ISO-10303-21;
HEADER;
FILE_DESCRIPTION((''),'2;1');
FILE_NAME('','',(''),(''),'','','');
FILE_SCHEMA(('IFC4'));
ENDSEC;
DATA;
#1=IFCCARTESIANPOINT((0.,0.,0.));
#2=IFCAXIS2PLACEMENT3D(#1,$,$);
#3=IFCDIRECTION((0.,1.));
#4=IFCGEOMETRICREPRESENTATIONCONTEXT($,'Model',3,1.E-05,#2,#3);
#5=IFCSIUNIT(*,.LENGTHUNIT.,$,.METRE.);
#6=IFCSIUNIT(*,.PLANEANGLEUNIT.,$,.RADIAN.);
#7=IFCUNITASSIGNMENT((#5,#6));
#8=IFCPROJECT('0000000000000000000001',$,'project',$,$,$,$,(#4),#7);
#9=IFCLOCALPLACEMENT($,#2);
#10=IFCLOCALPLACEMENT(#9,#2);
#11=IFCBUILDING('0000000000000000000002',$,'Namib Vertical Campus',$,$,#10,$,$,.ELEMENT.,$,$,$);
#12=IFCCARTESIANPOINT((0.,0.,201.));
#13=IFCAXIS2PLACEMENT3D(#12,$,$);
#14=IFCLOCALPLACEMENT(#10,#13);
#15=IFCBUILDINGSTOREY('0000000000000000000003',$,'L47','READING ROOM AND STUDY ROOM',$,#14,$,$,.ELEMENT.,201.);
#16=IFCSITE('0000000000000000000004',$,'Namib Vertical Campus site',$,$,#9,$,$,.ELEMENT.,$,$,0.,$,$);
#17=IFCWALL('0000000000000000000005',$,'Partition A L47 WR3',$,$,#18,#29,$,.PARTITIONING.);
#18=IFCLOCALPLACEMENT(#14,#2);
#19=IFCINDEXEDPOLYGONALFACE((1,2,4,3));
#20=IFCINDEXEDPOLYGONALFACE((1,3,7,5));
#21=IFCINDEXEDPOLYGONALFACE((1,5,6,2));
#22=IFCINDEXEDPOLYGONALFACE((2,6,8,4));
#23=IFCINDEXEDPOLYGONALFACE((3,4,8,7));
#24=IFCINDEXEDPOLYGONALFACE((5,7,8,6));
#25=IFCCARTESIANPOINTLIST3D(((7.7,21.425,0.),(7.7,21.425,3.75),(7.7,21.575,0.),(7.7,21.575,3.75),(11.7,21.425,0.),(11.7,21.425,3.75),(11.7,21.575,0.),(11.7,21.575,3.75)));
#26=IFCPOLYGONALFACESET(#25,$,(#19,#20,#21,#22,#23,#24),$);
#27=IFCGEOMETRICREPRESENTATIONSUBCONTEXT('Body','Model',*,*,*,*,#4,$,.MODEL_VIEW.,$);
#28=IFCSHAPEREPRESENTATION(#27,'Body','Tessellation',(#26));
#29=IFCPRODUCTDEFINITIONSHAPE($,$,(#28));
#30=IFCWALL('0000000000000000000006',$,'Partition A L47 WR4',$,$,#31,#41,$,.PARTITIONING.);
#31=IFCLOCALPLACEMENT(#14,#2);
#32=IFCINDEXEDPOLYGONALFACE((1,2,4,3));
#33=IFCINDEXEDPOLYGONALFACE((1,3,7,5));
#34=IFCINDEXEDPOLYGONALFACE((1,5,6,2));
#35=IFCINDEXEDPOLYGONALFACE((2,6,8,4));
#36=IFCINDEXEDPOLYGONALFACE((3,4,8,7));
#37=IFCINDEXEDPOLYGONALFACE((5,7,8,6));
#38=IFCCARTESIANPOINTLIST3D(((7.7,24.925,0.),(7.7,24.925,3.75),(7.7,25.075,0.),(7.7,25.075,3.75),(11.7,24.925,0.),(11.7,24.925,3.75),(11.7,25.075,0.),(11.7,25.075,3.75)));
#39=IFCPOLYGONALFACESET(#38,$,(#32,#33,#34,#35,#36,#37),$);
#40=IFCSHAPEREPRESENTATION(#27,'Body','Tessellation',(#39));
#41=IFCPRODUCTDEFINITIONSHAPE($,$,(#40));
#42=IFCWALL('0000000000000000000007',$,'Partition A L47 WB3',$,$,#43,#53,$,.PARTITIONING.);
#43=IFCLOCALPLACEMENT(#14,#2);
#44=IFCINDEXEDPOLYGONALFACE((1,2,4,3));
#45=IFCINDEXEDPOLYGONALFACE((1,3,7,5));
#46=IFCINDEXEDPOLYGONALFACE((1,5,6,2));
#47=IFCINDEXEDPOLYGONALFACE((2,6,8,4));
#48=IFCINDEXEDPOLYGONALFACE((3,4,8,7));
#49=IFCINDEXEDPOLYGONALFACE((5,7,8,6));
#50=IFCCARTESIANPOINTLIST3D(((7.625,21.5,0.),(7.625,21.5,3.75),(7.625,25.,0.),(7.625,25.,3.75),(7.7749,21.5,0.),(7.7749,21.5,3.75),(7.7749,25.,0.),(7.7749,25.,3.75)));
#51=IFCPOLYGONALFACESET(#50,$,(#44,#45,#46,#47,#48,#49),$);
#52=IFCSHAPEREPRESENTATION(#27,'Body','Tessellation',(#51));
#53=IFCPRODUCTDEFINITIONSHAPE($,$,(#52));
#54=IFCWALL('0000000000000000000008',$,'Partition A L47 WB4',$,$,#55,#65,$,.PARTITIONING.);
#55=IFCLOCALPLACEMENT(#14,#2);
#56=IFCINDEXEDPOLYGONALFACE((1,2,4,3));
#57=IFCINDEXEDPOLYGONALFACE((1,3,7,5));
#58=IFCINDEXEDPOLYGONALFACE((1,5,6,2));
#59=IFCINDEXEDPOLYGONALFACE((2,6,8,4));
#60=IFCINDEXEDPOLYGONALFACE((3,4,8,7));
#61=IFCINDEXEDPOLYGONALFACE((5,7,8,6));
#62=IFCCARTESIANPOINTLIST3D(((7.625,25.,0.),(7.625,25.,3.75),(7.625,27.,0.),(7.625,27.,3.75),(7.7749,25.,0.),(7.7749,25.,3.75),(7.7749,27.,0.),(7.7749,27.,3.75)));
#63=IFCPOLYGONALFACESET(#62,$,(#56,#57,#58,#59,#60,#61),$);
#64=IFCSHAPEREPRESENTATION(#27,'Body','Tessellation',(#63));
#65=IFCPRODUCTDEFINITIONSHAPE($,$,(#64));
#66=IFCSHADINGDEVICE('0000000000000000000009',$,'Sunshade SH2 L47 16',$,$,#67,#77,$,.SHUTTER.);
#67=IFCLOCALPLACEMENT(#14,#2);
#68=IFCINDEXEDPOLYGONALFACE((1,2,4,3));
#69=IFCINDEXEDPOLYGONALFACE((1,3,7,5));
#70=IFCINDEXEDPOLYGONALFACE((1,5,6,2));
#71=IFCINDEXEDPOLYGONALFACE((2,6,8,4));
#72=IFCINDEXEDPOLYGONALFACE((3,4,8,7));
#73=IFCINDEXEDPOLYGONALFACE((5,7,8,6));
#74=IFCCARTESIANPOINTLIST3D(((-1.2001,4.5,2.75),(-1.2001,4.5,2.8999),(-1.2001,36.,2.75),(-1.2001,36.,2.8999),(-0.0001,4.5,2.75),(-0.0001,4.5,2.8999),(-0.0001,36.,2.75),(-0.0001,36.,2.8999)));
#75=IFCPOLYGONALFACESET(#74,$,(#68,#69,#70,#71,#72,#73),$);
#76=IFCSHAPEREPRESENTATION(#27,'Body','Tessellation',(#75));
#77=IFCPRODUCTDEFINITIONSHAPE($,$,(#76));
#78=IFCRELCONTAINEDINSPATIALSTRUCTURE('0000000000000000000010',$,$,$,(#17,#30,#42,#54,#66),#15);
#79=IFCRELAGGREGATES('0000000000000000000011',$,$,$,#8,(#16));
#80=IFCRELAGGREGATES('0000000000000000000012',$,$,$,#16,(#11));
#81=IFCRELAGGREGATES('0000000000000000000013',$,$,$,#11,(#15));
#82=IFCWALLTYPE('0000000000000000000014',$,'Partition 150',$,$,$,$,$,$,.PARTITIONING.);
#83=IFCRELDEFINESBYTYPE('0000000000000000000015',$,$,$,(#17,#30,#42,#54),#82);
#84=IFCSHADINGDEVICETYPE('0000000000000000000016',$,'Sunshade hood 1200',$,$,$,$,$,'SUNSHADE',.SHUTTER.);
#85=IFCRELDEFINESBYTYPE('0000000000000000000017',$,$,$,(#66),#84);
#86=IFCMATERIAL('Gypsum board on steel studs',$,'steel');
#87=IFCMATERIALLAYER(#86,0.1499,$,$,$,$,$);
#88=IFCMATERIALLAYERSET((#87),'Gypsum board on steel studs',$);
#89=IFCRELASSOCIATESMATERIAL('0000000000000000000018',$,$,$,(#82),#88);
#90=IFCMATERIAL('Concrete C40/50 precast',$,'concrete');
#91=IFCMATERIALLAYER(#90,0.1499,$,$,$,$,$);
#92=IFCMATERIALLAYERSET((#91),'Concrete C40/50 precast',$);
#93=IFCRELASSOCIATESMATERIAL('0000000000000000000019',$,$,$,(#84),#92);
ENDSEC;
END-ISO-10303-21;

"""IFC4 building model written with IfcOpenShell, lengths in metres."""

from ifc_helpers import new_model, si_unit, direction, frame, frame_2d, origin, origin_2d, place, context, subcontext, project, spatial, rectangle, extrude, material, layer, layer_set, type_object, element, save


model = new_model("IFC4")

# Units and contexts
model_context = context("Model", 3, precision=1e-05, world=origin(), true_north=direction((0.0, 1.0)))
body_context = subcontext(model_context, "Body", "Model", "MODEL_VIEW")
ifc_project = project(units=[si_unit("LENGTHUNIT", "METRE"), si_unit("PLANEANGLEUNIT", "RADIAN")], contexts=[model_context])

# Site, building, storey
site_placement = place(None, origin())
site = spatial("IfcSite", under=ifc_project, at=site_placement, Name="Namib Vertical Campus site", CompositionType="ELEMENT", RefElevation=0.0)
building_placement = place(site_placement, origin())
building = spatial("IfcBuilding", under=site, at=building_placement, Name="Namib Vertical Campus", CompositionType="ELEMENT")
storey_placement = place(building_placement, frame((0.0, 0.0, 201.0)))
storey = spatial("IfcBuildingStorey", under=building, at=storey_placement, Name="L47", Description="READING ROOM AND STUDY ROOM", CompositionType="ELEMENT", Elevation=201.0)

# Walls
ifc_material_1 = material(Name="Gypsum board on steel studs", Category="steel")
ifc_layer_1 = layer(ifc_material_1, 0.1499)
ifc_layer_set_1 = layer_set([ifc_layer_1], Name="Gypsum board on steel studs")
wall_type_1 = type_object("IfcWallType", Name="Partition 150", PredefinedType="PARTITIONING", material=ifc_layer_set_1)
for number, where, z_axis, x_axis, name in (
    (1, (11.7, 21.5, 0.0), (0.0, 0.0, 1.0), (-1.0, 0.0, 0.0), "Partition A L47 WR3"),
    (2, (11.7, 25.0, 0.0), (0.0, 0.0, 1.0), (-1.0, 0.0, 0.0), "Partition A L47 WR4"),
):
    element("IfcWall", number, at=place(storey_placement, frame(where, z_axis=z_axis, x_axis=x_axis)), inside=storey, type_object=wall_type_1, Name=name, PredefinedType="PARTITIONING", context=body_context, shape_type="SweptSolid", body=[
        extrude(rectangle(XDim=4.0, YDim=0.1499, at=frame_2d((2.0, 0.0))), origin(), (0.0, 0.0, 1.0), 3.75),
    ])
wall_1_placement = place(storey_placement, frame((7.7, 21.5, 0.0), z_axis=(0.0, 0.0, 1.0), x_axis=(0.0, 1.0, 0.0)))
element("IfcWall", 3, at=wall_1_placement, inside=storey, type_object=wall_type_1, Name="Partition A L47 WB3", PredefinedType="PARTITIONING", context=body_context, shape_type="SweptSolid", body=[
    extrude(rectangle(XDim=3.5, YDim=0.1499, at=frame_2d((1.75, 0.0))), origin(), (0.0, 0.0, 1.0), 3.75),
])
wall_2_placement = place(storey_placement, frame((7.7, 25.0, 0.0), z_axis=(0.0, 0.0, 1.0), x_axis=(0.0, 1.0, 0.0)))
element("IfcWall", 4, at=wall_2_placement, inside=storey, type_object=wall_type_1, Name="Partition A L47 WB4", PredefinedType="PARTITIONING", context=body_context, shape_type="SweptSolid", body=[
    extrude(rectangle(XDim=2.0, YDim=0.1499, at=frame_2d((1.0, 0.0))), origin(), (0.0, 0.0, 1.0), 3.75),
])

# Shading device
ifc_material_2 = material(Name="Concrete C40/50 precast", Category="concrete")
ifc_layer_2 = layer(ifc_material_2, 0.1499)
ifc_layer_set_2 = layer_set([ifc_layer_2], Name="Concrete C40/50 precast")
shading_device_type = type_object("IfcShadingDeviceType", Name="Sunshade hood 1200", ElementType="SUNSHADE", PredefinedType="SHUTTER", material=ifc_layer_set_2)
shading_device_placement = place(storey_placement, frame((-0.6001, 20.25, 2.75), z_axis=(0.0, 0.0, 1.0), x_axis=(0.0, -1.0, 0.0)))
element("IfcShadingDevice", 5, at=shading_device_placement, inside=storey, type_object=shading_device_type, Name="Sunshade SH2 L47 16", PredefinedType="SHUTTER", context=body_context, shape_type="SweptSolid", body=[
    extrude(rectangle(XDim=31.5, YDim=1.2, at=origin_2d()), origin(), (0.0, 0.0, 1.0), 0.1499),
])

save(model, "model.ifc")
